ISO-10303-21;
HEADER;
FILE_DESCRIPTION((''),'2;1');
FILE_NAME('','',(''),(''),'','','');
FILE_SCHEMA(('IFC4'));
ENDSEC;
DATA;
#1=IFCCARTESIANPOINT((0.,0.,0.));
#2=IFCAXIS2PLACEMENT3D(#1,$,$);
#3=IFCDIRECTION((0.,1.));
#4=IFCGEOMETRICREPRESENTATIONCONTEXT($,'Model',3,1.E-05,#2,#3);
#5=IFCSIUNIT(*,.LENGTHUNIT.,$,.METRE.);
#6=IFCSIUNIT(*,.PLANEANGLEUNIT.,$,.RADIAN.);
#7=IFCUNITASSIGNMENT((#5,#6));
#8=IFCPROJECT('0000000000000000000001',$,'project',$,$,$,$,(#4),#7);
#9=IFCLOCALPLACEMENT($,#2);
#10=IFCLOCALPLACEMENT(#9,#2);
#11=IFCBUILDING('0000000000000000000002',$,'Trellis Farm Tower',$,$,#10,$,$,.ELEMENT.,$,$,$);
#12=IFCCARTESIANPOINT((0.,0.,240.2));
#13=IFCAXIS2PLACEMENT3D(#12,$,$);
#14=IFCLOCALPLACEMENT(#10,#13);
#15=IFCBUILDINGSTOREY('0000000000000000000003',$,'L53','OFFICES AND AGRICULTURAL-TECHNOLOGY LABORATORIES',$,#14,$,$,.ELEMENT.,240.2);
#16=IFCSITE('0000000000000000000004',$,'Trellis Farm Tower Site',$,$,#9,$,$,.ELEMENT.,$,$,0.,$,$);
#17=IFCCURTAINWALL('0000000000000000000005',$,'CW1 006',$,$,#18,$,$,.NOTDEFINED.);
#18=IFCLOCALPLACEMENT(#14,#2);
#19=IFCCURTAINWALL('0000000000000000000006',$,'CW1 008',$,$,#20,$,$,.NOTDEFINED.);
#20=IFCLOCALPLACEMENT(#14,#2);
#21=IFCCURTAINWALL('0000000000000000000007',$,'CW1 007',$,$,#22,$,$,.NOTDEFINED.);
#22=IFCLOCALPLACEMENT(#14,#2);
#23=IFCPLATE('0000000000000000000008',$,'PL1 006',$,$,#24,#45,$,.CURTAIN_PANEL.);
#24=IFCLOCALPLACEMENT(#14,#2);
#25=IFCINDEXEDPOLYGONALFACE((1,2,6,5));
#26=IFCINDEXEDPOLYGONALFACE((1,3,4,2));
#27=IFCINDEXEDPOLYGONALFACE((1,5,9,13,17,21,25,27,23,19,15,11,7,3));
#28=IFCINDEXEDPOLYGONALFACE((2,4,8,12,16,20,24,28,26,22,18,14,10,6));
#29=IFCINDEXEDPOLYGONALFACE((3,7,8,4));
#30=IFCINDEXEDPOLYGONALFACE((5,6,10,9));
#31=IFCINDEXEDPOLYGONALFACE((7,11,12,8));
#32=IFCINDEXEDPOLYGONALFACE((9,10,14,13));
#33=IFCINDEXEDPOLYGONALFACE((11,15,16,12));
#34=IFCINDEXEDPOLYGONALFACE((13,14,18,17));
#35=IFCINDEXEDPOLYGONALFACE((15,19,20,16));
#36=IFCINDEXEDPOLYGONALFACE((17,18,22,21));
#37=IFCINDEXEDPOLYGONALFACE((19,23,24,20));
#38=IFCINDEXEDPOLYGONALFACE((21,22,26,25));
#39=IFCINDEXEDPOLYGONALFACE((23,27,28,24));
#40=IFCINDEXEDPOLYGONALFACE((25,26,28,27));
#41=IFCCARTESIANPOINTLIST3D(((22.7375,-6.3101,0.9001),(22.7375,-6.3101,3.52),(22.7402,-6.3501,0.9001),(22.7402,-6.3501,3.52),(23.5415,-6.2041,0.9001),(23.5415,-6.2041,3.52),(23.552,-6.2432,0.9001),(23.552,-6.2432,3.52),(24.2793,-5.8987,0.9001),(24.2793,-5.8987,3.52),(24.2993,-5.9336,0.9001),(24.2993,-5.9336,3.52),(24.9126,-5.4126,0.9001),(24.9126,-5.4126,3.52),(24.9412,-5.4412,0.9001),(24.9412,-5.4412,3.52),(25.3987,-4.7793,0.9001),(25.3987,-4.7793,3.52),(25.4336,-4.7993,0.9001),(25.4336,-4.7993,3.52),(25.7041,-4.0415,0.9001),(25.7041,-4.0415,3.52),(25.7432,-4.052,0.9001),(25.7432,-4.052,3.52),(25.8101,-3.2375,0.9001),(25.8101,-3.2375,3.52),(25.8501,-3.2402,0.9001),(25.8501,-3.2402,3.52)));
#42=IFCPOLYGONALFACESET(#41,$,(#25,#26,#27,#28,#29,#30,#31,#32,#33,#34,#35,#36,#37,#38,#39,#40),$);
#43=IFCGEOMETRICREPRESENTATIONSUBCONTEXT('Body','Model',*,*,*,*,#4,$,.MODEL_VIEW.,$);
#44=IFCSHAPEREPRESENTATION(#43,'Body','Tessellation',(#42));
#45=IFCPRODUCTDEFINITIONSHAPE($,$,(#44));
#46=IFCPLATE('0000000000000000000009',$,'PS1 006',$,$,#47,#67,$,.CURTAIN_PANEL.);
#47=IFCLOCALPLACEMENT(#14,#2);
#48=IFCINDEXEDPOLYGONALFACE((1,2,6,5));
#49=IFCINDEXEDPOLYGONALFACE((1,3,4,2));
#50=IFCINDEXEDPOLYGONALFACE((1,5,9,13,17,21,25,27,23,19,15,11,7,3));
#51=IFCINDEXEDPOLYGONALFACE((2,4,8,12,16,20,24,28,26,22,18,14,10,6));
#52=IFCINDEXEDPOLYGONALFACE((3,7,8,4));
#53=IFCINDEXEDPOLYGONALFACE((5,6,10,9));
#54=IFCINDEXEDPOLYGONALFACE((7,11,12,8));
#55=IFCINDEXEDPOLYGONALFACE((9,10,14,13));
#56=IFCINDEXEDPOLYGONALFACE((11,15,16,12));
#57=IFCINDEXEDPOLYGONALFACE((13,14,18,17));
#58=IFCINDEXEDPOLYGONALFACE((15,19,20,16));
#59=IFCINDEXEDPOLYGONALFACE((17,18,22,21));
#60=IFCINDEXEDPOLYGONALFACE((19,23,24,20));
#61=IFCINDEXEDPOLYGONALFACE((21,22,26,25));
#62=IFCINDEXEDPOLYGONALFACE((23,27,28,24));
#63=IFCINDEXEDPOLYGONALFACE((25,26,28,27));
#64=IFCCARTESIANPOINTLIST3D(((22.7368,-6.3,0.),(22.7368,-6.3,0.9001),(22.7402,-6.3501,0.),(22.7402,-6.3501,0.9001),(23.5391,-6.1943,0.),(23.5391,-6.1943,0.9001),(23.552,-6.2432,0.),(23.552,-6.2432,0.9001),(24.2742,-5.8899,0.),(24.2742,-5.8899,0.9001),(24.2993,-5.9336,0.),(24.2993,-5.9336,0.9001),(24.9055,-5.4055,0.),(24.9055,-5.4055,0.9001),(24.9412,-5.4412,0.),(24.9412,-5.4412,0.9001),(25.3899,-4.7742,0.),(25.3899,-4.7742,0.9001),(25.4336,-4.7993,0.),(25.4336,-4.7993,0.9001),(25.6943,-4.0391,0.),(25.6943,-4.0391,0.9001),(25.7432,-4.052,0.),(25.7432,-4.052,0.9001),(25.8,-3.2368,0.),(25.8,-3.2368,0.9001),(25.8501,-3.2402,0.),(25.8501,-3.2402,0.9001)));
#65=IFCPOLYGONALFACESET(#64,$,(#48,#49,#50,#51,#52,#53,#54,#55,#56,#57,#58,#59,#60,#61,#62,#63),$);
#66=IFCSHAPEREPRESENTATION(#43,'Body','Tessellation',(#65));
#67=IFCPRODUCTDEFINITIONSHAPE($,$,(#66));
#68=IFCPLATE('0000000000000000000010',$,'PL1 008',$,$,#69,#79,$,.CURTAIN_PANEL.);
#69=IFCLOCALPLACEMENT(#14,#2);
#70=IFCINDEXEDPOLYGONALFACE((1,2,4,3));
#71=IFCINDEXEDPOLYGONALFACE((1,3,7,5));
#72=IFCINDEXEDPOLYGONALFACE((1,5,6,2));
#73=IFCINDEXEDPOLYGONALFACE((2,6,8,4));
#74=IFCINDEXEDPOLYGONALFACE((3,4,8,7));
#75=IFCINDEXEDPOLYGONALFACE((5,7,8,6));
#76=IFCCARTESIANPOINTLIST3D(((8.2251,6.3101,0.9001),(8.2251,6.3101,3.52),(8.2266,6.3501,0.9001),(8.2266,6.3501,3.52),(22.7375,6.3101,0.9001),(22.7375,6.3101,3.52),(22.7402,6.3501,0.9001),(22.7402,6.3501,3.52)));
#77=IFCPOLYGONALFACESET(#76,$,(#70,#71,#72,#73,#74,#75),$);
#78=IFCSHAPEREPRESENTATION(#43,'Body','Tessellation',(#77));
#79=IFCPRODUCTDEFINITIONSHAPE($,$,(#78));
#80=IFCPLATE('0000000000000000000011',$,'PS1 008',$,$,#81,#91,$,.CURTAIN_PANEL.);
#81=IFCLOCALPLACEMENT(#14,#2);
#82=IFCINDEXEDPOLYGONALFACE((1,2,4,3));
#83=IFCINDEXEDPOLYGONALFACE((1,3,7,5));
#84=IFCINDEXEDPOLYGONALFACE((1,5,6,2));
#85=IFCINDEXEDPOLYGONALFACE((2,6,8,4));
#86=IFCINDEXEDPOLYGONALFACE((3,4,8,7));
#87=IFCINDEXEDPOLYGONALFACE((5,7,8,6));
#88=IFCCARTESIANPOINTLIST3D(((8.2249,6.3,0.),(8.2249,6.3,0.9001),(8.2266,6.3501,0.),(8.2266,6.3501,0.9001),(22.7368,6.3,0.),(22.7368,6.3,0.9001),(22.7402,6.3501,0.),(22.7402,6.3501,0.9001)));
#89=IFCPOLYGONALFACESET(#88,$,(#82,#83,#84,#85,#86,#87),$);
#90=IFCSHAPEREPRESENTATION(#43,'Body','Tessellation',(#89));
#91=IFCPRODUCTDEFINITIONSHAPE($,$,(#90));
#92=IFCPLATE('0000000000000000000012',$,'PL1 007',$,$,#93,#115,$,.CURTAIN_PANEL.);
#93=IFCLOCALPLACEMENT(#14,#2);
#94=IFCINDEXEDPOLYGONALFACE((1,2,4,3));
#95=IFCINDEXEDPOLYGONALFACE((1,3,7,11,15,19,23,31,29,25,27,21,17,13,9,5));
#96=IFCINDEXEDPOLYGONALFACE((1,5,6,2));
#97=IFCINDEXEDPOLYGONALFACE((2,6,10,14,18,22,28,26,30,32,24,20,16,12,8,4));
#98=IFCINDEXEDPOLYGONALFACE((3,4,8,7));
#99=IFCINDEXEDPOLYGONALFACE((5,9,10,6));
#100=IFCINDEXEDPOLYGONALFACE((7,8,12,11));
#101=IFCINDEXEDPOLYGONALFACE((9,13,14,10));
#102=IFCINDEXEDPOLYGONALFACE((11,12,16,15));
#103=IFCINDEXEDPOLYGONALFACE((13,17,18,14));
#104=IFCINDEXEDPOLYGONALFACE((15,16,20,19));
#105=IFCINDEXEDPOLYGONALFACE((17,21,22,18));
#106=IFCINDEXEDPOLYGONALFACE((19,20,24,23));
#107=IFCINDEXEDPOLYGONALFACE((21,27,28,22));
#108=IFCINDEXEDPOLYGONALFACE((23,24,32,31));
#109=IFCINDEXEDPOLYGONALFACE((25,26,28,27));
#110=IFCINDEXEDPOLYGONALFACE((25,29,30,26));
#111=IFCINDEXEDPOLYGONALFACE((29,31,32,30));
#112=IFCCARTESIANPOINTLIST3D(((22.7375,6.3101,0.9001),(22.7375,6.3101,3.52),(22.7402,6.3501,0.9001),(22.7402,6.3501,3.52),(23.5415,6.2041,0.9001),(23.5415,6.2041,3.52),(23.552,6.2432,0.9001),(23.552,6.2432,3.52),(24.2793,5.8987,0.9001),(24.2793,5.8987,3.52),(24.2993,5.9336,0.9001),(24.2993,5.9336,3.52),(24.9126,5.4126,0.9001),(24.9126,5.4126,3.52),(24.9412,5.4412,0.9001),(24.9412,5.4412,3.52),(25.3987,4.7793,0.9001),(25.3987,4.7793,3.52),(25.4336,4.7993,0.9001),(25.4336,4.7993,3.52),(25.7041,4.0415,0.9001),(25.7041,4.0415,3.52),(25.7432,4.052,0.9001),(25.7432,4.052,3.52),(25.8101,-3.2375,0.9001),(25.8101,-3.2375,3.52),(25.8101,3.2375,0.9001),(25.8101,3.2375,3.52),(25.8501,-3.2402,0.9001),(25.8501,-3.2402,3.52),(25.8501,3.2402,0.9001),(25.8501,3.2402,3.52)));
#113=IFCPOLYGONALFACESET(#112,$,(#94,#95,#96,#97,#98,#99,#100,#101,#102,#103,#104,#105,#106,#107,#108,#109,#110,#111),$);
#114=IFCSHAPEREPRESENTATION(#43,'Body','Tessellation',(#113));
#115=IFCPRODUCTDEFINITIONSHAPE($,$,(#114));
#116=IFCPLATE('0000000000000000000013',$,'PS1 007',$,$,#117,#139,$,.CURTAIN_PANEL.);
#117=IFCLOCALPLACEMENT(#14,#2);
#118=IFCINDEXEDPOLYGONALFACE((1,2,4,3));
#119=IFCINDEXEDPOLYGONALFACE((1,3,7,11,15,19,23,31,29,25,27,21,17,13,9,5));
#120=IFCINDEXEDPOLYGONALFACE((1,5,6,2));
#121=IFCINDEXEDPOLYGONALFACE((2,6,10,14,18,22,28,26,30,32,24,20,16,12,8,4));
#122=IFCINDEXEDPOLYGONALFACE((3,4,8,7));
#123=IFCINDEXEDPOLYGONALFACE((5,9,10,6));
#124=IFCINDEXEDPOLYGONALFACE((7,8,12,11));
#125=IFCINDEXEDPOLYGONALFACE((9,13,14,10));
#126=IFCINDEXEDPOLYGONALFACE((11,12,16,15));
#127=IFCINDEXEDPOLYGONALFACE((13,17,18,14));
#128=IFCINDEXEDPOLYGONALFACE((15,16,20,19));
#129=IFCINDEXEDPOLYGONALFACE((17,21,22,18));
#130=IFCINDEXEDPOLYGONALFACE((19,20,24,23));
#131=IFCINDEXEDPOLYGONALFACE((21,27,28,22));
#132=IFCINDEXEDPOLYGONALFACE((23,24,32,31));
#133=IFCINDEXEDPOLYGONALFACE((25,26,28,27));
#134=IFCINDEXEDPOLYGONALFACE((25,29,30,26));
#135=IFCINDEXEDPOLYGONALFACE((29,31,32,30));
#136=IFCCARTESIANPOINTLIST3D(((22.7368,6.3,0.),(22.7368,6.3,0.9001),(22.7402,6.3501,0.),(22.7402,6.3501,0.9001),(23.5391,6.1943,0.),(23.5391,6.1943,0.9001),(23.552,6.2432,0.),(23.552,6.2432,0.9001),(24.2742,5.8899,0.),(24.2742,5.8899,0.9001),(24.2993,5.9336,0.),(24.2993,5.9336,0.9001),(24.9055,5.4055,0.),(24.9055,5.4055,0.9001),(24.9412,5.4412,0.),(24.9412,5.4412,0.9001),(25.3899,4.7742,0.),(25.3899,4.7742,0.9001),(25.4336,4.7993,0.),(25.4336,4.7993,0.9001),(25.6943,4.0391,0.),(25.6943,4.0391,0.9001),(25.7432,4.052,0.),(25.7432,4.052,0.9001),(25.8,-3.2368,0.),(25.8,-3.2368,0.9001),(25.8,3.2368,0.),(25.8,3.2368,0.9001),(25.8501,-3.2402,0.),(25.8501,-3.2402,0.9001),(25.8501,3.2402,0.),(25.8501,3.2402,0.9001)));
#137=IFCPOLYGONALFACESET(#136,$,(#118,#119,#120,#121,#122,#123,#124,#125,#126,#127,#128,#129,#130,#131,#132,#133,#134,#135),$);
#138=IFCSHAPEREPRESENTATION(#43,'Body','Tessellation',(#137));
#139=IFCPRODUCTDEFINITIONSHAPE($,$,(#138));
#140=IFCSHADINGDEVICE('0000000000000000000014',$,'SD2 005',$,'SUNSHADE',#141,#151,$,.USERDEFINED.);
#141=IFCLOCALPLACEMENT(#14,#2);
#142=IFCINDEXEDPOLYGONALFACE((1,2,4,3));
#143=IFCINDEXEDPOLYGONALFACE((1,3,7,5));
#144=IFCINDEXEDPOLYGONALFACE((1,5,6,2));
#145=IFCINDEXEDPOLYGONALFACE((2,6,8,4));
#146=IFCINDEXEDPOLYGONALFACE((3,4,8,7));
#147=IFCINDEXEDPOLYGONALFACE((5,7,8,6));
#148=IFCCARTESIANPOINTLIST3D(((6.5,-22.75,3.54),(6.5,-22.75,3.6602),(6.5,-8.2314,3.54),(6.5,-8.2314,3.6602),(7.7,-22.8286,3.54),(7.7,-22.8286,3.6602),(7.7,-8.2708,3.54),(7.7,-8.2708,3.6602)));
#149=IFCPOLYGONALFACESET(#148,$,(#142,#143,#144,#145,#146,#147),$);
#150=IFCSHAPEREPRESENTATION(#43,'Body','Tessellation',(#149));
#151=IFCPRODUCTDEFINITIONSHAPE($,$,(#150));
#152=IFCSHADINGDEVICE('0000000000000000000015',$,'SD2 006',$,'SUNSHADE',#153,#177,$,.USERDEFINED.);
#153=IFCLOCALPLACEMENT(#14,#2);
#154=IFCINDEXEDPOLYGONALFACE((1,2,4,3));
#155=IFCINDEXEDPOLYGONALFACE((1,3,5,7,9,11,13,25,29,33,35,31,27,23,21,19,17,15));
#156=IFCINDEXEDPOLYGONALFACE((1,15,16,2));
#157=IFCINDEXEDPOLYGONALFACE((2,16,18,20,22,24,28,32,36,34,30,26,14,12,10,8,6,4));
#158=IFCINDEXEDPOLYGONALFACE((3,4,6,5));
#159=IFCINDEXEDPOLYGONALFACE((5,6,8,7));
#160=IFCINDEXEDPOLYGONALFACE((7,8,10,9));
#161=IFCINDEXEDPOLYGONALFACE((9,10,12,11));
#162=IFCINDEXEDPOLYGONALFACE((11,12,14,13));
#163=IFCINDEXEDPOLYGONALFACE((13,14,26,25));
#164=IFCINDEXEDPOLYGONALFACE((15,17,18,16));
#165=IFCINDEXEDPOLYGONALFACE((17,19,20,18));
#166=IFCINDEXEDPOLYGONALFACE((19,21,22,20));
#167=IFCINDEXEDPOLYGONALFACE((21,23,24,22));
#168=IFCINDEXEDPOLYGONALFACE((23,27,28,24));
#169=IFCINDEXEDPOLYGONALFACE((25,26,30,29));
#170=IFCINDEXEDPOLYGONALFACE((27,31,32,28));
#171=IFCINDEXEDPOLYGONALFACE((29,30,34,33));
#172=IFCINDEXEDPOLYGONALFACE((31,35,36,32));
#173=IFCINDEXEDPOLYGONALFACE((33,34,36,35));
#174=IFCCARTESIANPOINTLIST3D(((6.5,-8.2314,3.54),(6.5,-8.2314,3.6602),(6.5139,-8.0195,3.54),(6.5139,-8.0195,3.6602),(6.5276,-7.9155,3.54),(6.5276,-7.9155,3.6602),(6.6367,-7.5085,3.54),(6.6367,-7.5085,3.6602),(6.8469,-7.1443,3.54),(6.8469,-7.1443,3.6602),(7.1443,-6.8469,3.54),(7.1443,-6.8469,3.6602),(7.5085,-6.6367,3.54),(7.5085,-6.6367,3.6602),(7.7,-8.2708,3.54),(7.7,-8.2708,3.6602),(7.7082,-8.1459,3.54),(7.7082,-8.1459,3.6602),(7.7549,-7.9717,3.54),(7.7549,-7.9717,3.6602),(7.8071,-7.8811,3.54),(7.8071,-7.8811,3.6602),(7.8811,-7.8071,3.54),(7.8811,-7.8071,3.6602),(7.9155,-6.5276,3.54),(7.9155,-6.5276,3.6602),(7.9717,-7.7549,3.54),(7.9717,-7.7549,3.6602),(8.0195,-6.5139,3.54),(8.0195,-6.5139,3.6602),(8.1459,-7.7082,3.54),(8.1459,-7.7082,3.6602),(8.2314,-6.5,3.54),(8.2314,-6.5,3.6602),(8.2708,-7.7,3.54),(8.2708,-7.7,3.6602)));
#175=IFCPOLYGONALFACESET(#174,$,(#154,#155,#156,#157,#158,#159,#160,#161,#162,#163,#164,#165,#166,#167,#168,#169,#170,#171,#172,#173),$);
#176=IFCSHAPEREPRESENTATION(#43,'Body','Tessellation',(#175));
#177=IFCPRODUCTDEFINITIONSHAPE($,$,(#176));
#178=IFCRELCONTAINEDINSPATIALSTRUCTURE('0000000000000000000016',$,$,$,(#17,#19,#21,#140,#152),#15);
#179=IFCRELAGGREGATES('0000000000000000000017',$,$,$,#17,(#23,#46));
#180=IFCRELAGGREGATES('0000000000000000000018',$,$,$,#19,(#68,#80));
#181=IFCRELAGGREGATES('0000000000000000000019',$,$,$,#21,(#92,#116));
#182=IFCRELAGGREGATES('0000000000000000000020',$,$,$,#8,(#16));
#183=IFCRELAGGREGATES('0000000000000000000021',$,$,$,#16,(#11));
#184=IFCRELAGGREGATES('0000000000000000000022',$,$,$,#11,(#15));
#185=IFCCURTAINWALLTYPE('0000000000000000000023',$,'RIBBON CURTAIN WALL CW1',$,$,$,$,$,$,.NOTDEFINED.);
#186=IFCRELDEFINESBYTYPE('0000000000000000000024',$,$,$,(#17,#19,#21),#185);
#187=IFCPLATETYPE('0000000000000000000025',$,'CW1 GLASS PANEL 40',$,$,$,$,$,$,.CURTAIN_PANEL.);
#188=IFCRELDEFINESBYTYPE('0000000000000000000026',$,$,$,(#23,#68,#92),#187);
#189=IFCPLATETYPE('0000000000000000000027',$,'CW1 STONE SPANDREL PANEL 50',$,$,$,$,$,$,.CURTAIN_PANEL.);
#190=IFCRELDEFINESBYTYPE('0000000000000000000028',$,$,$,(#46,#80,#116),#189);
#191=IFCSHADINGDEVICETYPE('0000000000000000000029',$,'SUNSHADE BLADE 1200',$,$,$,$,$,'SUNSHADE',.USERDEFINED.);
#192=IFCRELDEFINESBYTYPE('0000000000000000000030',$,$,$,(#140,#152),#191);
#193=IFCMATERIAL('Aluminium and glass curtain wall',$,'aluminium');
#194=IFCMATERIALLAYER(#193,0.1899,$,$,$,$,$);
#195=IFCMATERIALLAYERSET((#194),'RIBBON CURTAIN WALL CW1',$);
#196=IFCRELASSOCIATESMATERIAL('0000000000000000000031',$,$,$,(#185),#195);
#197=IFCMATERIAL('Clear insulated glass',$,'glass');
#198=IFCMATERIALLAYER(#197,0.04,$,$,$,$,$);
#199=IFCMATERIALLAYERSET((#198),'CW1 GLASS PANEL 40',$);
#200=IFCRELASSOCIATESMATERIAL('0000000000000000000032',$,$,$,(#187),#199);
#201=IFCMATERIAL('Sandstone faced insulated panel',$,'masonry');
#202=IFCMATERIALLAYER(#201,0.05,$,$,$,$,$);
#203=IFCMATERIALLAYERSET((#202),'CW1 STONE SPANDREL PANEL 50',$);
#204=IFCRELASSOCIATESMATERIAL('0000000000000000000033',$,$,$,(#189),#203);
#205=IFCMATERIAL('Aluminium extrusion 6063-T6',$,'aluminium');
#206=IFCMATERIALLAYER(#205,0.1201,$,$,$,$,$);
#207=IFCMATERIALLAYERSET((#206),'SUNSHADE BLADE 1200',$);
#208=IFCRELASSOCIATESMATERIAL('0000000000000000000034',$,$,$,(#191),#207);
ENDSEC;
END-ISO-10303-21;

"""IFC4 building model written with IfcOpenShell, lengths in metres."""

from ifc_helpers import new_model, si_unit, direction, frame, origin, place, context, subcontext, project, spatial, polyline, outline, extrude, source, transform, mapped, material, layer, layer_set, type_object, element, aggregate, save


model = new_model("IFC4")

# Units and contexts
model_context = context("Model", 3, precision=1e-05, world=origin(), true_north=direction((0.0, 1.0)))
body_context = subcontext(model_context, "Body", "Model", "MODEL_VIEW")
ifc_project = project(units=[si_unit("LENGTHUNIT", "METRE"), si_unit("PLANEANGLEUNIT", "RADIAN")], contexts=[model_context])

# Site, building, storey
site_placement = place(None, origin())
site = spatial("IfcSite", under=ifc_project, at=site_placement, Name="Trellis Farm Tower Site", CompositionType="ELEMENT", RefElevation=0.0)
building_placement = place(site_placement, origin())
building = spatial("IfcBuilding", under=site, at=building_placement, Name="Trellis Farm Tower", CompositionType="ELEMENT")
storey_placement = place(building_placement, frame((0.0, 0.0, 240.2)))
storey = spatial("IfcBuildingStorey", under=building, at=storey_placement, Name="L53", Description="OFFICES AND AGRICULTURAL-TECHNOLOGY LABORATORIES", CompositionType="ELEMENT", Elevation=240.2)

# Curtain walls
ifc_material_1 = material(Name="Aluminium and glass curtain wall", Category="aluminium")
placement_1 = place(storey_placement, origin())
ifc_material_2 = material(Name="Aluminium extrusion 6063-T6", Category="aluminium")
ifc_layer_1 = layer(ifc_material_1, 0.1899)
ifc_layer_set_1 = layer_set([ifc_layer_1], Name="RIBBON CURTAIN WALL CW1")
curtain_wall_type_1 = type_object("IfcCurtainWallType", Name="RIBBON CURTAIN WALL CW1", PredefinedType="NOTDEFINED", material=ifc_layer_set_1)
curtain_wall_1 = element("IfcCurtainWall", 1, at=placement_1, inside=storey, type_object=curtain_wall_type_1, Name="CW1 006", PredefinedType="NOTDEFINED")
curtain_wall_2 = element("IfcCurtainWall", 2, at=placement_1, inside=storey, type_object=curtain_wall_type_1, Name="CW1 008", PredefinedType="NOTDEFINED")
curtain_wall_3 = element("IfcCurtainWall", 3, at=placement_1, inside=storey, type_object=curtain_wall_type_1, Name="CW1 007", PredefinedType="NOTDEFINED")

# Shared definitions
ifc_material_3 = material(Name="Clear insulated glass", Category="glass")

# Plates
ifc_layer_2 = layer(ifc_material_3, 0.04)
ifc_layer_set_2 = layer_set([ifc_layer_2], Name="CW1 GLASS PANEL 40")
plate_type_1 = type_object("IfcPlateType", Name="CW1 GLASS PANEL 40", PredefinedType="CURTAIN_PANEL", material=ifc_layer_set_2)
shared_shape_1 = source(origin(), body_context, "Body", "SweptSolid", [
    extrude(outline(polyline([(22.7402, -6.3501), (23.552, -6.2432), (24.2993, -5.9336), (24.9412, -5.4412), (25.4336, -4.7993), (25.7432, -4.052), (25.8501, -3.2402), (25.8101, -3.2375), (25.7041, -4.0415), (25.3987, -4.7793), (24.9126, -5.4126), (24.2793, -5.8987), (23.5415, -6.2041), (22.7375, -6.3101), (22.7402, -6.3501)])), origin(), (0.0, 0.0, 1.0), 2.6199),
])
placement_2 = place(storey_placement, frame((0.0, 0.0, 0.9001)))
plate_1 = element("IfcPlate", 4, at=placement_2, type_object=plate_type_1, Name="PL1 006", PredefinedType="CURTAIN_PANEL", context=body_context, shape_type="MappedRepresentation", body=[
    mapped(shared_shape_1, transform((0.0, 0.0, 0.0))),
])
ifc_material_4 = material(Name="Sandstone faced insulated panel", Category="masonry")
ifc_layer_3 = layer(ifc_material_4, 0.05)
ifc_layer_set_3 = layer_set([ifc_layer_3], Name="CW1 STONE SPANDREL PANEL 50")
plate_type_2 = type_object("IfcPlateType", Name="CW1 STONE SPANDREL PANEL 50", PredefinedType="CURTAIN_PANEL", material=ifc_layer_set_3)
shared_shape_2 = source(origin(), body_context, "Body", "SweptSolid", [
    extrude(outline(polyline([(22.7402, -6.3501), (23.552, -6.2432), (24.2993, -5.9336), (24.9412, -5.4412), (25.4336, -4.7993), (25.7432, -4.052), (25.8501, -3.2402), (25.8, -3.2368), (25.6943, -4.0391), (25.3899, -4.7742), (24.9055, -5.4055), (24.2742, -5.8899), (23.5391, -6.1943), (22.7368, -6.3), (22.7402, -6.3501)])), origin(), (0.0, 0.0, 1.0), 0.9001),
])
plate_2 = element("IfcPlate", 5, at=placement_1, type_object=plate_type_2, Name="PS1 006", PredefinedType="CURTAIN_PANEL", context=body_context, shape_type="MappedRepresentation", body=[
    mapped(shared_shape_2, transform((0.0, 0.0, 0.0))),
])
aggregate(curtain_wall_1, [plate_1, plate_2])
shared_shape_3 = source(origin(), body_context, "Body", "SweptSolid", [
    extrude(outline(polyline([(22.7402, 6.3501), (8.2266, 6.3501), (8.2251, 6.3101), (22.7375, 6.3101), (22.7402, 6.3501)])), origin(), (0.0, 0.0, 1.0), 2.6199),
])
plate_3 = element("IfcPlate", 6, at=placement_2, type_object=plate_type_1, Name="PL1 008", PredefinedType="CURTAIN_PANEL", context=body_context, shape_type="MappedRepresentation", body=[
    mapped(shared_shape_3, transform((0.0, 0.0, 0.0))),
])
shared_shape_4 = source(origin(), body_context, "Body", "SweptSolid", [
    extrude(outline(polyline([(22.7402, 6.3501), (8.2266, 6.3501), (8.2249, 6.3), (22.7368, 6.3), (22.7402, 6.3501)])), origin(), (0.0, 0.0, 1.0), 0.9001),
])
plate_4 = element("IfcPlate", 7, at=placement_1, type_object=plate_type_2, Name="PS1 008", PredefinedType="CURTAIN_PANEL", context=body_context, shape_type="MappedRepresentation", body=[
    mapped(shared_shape_4, transform((0.0, 0.0, 0.0))),
])
aggregate(curtain_wall_2, [plate_3, plate_4])
shared_shape_5 = source(origin(), body_context, "Body", "SweptSolid", [
    extrude(outline(polyline([(25.8501, -3.2402), (25.8501, 3.2402), (25.7432, 4.052), (25.4336, 4.7993), (24.9412, 5.4412), (24.2993, 5.9336), (23.552, 6.2432), (22.7402, 6.3501), (22.7375, 6.3101), (23.5415, 6.2041), (24.2793, 5.8987), (24.9126, 5.4126), (25.3987, 4.7793), (25.7041, 4.0415), (25.8101, 3.2375), (25.8101, -3.2375), (25.8501, -3.2402)])), origin(), (0.0, 0.0, 1.0), 2.6199),
])
plate_5 = element("IfcPlate", 8, at=placement_2, type_object=plate_type_1, Name="PL1 007", PredefinedType="CURTAIN_PANEL", context=body_context, shape_type="MappedRepresentation", body=[
    mapped(shared_shape_5, transform((0.0, 0.0, 0.0))),
])
shared_shape_6 = source(origin(), body_context, "Body", "SweptSolid", [
    extrude(outline(polyline([(25.8501, -3.2402), (25.8501, 3.2402), (25.7432, 4.052), (25.4336, 4.7993), (24.9412, 5.4412), (24.2993, 5.9336), (23.552, 6.2432), (22.7402, 6.3501), (22.7368, 6.3), (23.5391, 6.1943), (24.2742, 5.8899), (24.9055, 5.4055), (25.3899, 4.7742), (25.6943, 4.0391), (25.8, 3.2368), (25.8, -3.2368), (25.8501, -3.2402)])), origin(), (0.0, 0.0, 1.0), 0.9001),
])
plate_6 = element("IfcPlate", 9, at=placement_1, type_object=plate_type_2, Name="PS1 007", PredefinedType="CURTAIN_PANEL", context=body_context, shape_type="MappedRepresentation", body=[
    mapped(shared_shape_6, transform((0.0, 0.0, 0.0))),
])
aggregate(curtain_wall_3, [plate_5, plate_6])

# Shading devices
ifc_layer_4 = layer(ifc_material_2, 0.1201)
ifc_layer_set_4 = layer_set([ifc_layer_4], Name="SUNSHADE BLADE 1200")
shading_device_type_1 = type_object("IfcShadingDeviceType", Name="SUNSHADE BLADE 1200", ElementType="SUNSHADE", PredefinedType="USERDEFINED", material=ifc_layer_set_4)
shared_shape_7 = source(origin(), body_context, "Body", "SweptSolid", [
    extrude(outline(polyline([(7.7, -22.8286), (7.7, -8.2708), (6.5, -8.2314), (6.5, -22.75), (7.7, -22.8286)])), origin(), (0.0, 0.0, 1.0), 0.1201),
])
placement_3 = place(storey_placement, frame((0.0, 0.0, 3.54)))
element("IfcShadingDevice", 10, at=placement_3, inside=storey, type_object=shading_device_type_1, Name="SD2 005", ObjectType="SUNSHADE", PredefinedType="USERDEFINED", context=body_context, shape_type="MappedRepresentation", body=[
    mapped(shared_shape_7, transform((0.0, 0.0, 0.0))),
])
shared_shape_8 = source(origin(), body_context, "Body", "SweptSolid", [
    extrude(outline(polyline([(7.7, -8.2708), (7.7087, -8.1372), (7.707, -8.1501), (7.7549, -7.9717), (7.8071, -7.8811), (7.8811, -7.8071), (7.9717, -7.7549), (8.1501, -7.707), (8.1372, -7.7087), (8.2708, -7.7), (8.2314, -6.5), (8.0195, -6.5139), (7.9155, -6.5276), (7.5085, -6.6367), (7.1443, -6.8469), (6.8469, -7.1443), (6.6367, -7.5085), (6.5276, -7.9155), (6.5139, -8.0195), (6.5, -8.2314), (7.7, -8.2708)])), origin(), (0.0, 0.0, 1.0), 0.1201),
])
element("IfcShadingDevice", 11, at=placement_3, inside=storey, type_object=shading_device_type_1, Name="SD2 006", ObjectType="SUNSHADE", PredefinedType="USERDEFINED", context=body_context, shape_type="MappedRepresentation", body=[
    mapped(shared_shape_8, transform((0.0, 0.0, 0.0))),
])

save(model, "model.ifc")
